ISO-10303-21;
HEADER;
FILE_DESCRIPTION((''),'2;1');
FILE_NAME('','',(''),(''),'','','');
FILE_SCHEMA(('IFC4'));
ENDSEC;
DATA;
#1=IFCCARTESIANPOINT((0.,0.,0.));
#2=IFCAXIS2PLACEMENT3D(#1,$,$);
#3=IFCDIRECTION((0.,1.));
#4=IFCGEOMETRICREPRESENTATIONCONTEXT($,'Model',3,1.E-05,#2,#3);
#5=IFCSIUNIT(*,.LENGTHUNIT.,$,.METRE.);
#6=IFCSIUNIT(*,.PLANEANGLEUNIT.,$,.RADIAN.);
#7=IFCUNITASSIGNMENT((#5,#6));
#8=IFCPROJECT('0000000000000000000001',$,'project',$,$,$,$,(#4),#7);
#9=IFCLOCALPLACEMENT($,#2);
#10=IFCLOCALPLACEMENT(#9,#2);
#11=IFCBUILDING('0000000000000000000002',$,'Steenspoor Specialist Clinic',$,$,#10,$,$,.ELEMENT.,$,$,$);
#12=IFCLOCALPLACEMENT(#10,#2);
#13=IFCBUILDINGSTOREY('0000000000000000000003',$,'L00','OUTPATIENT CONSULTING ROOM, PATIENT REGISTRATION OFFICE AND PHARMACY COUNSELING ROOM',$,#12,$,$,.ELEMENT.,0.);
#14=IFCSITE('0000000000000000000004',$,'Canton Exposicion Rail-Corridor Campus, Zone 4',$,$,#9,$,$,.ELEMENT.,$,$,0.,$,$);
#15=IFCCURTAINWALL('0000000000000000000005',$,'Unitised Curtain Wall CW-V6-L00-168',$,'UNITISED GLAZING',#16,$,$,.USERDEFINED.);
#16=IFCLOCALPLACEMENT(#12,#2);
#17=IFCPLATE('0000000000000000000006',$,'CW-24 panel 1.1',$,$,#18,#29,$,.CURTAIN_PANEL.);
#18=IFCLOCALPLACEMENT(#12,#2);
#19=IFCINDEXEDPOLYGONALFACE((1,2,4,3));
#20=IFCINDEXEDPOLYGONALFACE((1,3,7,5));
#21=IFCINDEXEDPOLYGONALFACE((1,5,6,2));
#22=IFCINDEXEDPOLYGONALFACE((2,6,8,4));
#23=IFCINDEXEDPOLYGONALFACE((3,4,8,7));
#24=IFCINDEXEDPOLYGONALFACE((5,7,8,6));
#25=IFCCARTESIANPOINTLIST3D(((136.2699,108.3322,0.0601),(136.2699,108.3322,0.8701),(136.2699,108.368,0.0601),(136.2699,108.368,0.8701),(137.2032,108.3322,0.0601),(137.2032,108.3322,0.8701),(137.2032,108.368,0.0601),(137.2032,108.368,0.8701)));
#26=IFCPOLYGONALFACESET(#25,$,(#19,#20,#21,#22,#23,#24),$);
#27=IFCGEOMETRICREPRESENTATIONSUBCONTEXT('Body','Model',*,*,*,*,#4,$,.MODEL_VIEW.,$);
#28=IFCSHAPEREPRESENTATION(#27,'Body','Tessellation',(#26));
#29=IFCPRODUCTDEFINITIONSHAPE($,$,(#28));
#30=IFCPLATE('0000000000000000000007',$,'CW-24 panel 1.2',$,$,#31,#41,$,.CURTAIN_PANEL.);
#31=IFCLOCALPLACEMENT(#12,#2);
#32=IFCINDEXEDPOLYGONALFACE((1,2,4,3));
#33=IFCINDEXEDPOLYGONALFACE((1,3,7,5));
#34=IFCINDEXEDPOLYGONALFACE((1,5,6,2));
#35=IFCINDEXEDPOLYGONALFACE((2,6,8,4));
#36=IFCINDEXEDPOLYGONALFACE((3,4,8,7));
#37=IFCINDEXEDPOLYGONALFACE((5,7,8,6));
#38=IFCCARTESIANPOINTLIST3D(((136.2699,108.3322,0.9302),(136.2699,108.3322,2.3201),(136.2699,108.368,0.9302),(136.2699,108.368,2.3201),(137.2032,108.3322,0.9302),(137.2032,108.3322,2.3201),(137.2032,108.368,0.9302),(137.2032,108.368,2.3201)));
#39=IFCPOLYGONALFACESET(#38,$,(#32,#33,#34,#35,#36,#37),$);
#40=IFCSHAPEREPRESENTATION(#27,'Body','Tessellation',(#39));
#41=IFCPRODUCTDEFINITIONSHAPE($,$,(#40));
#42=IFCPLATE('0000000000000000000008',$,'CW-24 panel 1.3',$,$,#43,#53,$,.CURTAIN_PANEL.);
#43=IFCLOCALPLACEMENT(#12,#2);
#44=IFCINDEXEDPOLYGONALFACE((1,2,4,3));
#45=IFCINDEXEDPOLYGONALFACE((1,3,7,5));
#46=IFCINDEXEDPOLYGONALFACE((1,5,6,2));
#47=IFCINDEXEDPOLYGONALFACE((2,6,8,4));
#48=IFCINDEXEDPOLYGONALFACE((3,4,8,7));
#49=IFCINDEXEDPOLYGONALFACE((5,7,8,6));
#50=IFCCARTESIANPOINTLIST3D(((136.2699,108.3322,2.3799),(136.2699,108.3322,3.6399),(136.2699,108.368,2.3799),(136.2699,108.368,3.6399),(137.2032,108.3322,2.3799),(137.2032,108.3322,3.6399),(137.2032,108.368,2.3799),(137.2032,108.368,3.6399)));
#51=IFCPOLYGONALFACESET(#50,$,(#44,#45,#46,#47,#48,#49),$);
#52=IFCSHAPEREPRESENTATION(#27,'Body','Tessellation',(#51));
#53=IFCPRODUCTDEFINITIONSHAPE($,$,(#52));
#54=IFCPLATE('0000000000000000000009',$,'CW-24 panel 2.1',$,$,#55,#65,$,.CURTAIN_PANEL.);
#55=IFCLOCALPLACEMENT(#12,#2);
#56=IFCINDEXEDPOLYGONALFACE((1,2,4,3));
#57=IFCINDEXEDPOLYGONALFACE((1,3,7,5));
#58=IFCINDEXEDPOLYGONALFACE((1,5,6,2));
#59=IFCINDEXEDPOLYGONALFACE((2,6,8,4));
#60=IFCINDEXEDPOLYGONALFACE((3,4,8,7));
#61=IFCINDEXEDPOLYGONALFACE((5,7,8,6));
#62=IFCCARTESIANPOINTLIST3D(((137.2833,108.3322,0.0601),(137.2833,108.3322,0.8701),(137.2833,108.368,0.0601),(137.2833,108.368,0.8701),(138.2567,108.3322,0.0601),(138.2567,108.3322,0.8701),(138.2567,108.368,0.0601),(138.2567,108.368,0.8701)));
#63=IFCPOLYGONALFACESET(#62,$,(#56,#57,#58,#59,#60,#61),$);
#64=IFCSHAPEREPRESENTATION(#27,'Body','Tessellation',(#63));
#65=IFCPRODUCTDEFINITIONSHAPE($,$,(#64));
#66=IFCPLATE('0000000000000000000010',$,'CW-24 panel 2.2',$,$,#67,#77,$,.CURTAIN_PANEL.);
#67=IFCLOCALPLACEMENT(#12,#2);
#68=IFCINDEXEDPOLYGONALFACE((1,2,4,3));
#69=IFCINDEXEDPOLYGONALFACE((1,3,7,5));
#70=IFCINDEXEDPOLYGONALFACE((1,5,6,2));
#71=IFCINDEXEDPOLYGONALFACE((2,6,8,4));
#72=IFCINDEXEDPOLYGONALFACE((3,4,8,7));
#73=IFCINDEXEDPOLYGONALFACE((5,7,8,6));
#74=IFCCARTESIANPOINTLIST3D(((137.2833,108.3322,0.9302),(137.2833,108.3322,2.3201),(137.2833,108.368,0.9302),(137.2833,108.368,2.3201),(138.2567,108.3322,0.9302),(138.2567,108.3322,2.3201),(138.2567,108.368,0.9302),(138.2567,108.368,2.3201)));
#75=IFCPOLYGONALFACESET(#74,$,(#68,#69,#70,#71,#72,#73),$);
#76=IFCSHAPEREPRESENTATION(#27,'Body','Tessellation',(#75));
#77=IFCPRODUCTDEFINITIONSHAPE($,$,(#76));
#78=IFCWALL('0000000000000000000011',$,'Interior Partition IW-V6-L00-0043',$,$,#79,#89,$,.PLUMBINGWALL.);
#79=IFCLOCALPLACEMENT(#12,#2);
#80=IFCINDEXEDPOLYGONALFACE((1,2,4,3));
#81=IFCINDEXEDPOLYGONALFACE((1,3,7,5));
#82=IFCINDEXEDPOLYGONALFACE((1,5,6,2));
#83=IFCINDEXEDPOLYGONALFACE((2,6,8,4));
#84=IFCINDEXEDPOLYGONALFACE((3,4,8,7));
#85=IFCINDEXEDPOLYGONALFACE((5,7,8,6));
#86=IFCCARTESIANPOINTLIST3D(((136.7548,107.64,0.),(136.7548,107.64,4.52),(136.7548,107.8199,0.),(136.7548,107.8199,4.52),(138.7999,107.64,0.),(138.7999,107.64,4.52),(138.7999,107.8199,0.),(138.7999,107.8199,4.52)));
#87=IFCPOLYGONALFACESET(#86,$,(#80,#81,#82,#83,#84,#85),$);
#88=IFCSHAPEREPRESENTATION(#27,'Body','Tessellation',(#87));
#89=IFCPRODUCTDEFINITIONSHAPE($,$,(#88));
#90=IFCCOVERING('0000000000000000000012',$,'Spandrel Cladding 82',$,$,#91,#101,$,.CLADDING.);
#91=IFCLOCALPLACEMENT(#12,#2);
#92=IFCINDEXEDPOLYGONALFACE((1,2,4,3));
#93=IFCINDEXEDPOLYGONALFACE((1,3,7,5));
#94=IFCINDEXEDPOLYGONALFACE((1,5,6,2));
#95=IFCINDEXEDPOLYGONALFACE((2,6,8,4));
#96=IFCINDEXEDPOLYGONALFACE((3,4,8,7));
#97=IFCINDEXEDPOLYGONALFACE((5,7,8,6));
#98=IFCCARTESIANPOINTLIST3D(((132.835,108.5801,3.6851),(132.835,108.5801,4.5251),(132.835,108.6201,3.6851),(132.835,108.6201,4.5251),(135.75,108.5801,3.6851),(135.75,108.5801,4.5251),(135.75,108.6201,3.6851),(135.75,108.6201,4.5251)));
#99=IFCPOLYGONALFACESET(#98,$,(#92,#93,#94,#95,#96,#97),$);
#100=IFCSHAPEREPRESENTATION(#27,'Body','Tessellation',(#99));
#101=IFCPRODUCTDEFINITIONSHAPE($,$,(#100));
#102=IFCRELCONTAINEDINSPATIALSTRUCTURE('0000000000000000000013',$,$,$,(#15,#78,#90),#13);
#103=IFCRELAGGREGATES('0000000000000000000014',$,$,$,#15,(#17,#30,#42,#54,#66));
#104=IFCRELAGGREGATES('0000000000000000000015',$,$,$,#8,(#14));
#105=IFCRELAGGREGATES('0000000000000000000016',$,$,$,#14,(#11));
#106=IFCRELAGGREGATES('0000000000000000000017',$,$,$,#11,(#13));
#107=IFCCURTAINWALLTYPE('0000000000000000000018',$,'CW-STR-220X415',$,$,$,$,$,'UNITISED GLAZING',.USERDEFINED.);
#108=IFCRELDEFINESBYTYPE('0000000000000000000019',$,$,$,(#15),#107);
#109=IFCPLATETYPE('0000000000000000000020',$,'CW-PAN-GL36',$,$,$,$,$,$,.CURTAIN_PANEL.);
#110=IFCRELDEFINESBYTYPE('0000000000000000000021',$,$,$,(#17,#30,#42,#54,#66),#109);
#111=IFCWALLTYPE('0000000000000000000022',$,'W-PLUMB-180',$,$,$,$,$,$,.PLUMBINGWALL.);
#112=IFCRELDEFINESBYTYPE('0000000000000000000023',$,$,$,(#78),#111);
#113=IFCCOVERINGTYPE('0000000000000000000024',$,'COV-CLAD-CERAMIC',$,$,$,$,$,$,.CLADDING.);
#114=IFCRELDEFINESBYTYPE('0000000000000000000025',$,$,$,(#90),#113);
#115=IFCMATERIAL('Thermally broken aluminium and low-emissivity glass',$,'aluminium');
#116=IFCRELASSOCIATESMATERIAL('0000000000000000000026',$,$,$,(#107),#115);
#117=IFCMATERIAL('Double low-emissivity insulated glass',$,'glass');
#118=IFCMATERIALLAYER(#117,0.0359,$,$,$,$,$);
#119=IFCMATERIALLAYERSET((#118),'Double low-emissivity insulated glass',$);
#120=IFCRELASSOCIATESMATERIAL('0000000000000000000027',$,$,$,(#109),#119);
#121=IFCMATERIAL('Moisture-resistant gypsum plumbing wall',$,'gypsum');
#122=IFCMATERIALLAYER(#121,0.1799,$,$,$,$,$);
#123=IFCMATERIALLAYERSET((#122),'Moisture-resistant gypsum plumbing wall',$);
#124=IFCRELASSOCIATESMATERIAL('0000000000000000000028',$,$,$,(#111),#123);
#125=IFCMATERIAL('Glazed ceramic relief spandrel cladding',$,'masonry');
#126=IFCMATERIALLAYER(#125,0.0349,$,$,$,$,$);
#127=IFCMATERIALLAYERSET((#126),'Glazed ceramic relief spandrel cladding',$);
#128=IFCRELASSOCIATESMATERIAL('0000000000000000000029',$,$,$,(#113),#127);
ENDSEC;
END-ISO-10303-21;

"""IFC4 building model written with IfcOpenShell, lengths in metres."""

from ifc_helpers import new_model, si_unit, direction, frame, frame_2d, origin, origin_2d, place, context, subcontext, project, spatial, rectangle, extrude, material, layer, layer_set, type_object, element, aggregate, save


model = new_model("IFC4")

# Units and contexts
model_context = context("Model", 3, precision=1e-05, world=origin(), true_north=direction((0.0, 1.0)))
body_context = subcontext(model_context, "Body", "Model", "MODEL_VIEW")
ifc_project = project(units=[si_unit("LENGTHUNIT", "METRE"), si_unit("PLANEANGLEUNIT", "RADIAN")], contexts=[model_context])

# Site, building, storey
site_placement = place(None, origin())
site = spatial("IfcSite", under=ifc_project, at=site_placement, Name="Canton Exposicion Rail-Corridor Campus, Zone 4", CompositionType="ELEMENT", RefElevation=0.0)
building_placement = place(site_placement, origin())
building = spatial("IfcBuilding", under=site, at=building_placement, Name="Steenspoor Specialist Clinic", CompositionType="ELEMENT")
storey_placement = place(building_placement, origin())
storey = spatial("IfcBuildingStorey", under=building, at=storey_placement, Name="L00", Description="OUTPATIENT CONSULTING ROOM, PATIENT REGISTRATION OFFICE AND PHARMACY COUNSELING ROOM", CompositionType="ELEMENT", Elevation=0.0)

# Curtain wall, plates
ifc_material_1 = material(Name="Thermally broken aluminium and low-emissivity glass", Category="aluminium")
curtain_wall_type = type_object("IfcCurtainWallType", Name="CW-STR-220X415", ElementType="UNITISED GLAZING", PredefinedType="USERDEFINED", material=ifc_material_1)
curtain_wall_placement = place(storey_placement, origin())
curtain_wall = element("IfcCurtainWall", 1, at=curtain_wall_placement, inside=storey, type_object=curtain_wall_type, Name="Unitised Curtain Wall CW-V6-L00-168", ObjectType="UNITISED GLAZING", PredefinedType="USERDEFINED")
ifc_material_2 = material(Name="Double low-emissivity insulated glass", Category="glass")
ifc_layer_1 = layer(ifc_material_2, 0.0359)
ifc_layer_set_1 = layer_set([ifc_layer_1], Name="Double low-emissivity insulated glass")
plate_type = type_object("IfcPlateType", Name="CW-PAN-GL36", PredefinedType="CURTAIN_PANEL", material=ifc_layer_set_1)
plate_1_placement = place(storey_placement, frame((136.7366, 108.3501, 0.0601), z_axis=(0.0, 0.0, 1.0), x_axis=(1.0, 0.0, 0.0)))
plate_1 = element("IfcPlate", 2, at=plate_1_placement, type_object=plate_type, Name="CW-24 panel 1.1", PredefinedType="CURTAIN_PANEL", context=body_context, shape_type="SweptSolid", body=[
    extrude(rectangle(XDim=0.9333, YDim=0.0359, at=origin_2d()), origin(), (0.0, 0.0, 1.0), 0.8101),
])
plate_2_placement = place(storey_placement, frame((136.7366, 108.3501, 0.9302), z_axis=(0.0, 0.0, 1.0), x_axis=(1.0, 0.0, 0.0)))
plate_2 = element("IfcPlate", 3, at=plate_2_placement, type_object=plate_type, Name="CW-24 panel 1.2", PredefinedType="CURTAIN_PANEL", context=body_context, shape_type="SweptSolid", body=[
    extrude(rectangle(XDim=0.9333, YDim=0.0359, at=origin_2d()), origin(), (0.0, 0.0, 1.0), 1.3899),
])
plate_3_placement = place(storey_placement, frame((136.7366, 108.3501, 2.3799), z_axis=(0.0, 0.0, 1.0), x_axis=(1.0, 0.0, 0.0)))
plate_3 = element("IfcPlate", 4, at=plate_3_placement, type_object=plate_type, Name="CW-24 panel 1.3", PredefinedType="CURTAIN_PANEL", context=body_context, shape_type="SweptSolid", body=[
    extrude(rectangle(XDim=0.9333, YDim=0.0359, at=origin_2d()), origin(), (0.0, 0.0, 1.0), 1.26),
])
plate_4_placement = place(storey_placement, frame((137.77, 108.3501, 0.0601), z_axis=(0.0, 0.0, 1.0), x_axis=(1.0, 0.0, 0.0)))
plate_4 = element("IfcPlate", 5, at=plate_4_placement, type_object=plate_type, Name="CW-24 panel 2.1", PredefinedType="CURTAIN_PANEL", context=body_context, shape_type="SweptSolid", body=[
    extrude(rectangle(XDim=0.9734, YDim=0.0359, at=origin_2d()), origin(), (0.0, 0.0, 1.0), 0.8101),
])
plate_5_placement = place(storey_placement, frame((137.77, 108.3501, 0.9302), z_axis=(0.0, 0.0, 1.0), x_axis=(1.0, 0.0, 0.0)))
plate_5 = element("IfcPlate", 6, at=plate_5_placement, type_object=plate_type, Name="CW-24 panel 2.2", PredefinedType="CURTAIN_PANEL", context=body_context, shape_type="SweptSolid", body=[
    extrude(rectangle(XDim=0.9734, YDim=0.0359, at=origin_2d()), origin(), (0.0, 0.0, 1.0), 1.3899),
])
aggregate(curtain_wall, [plate_1, plate_2, plate_3, plate_4, plate_5])

# Wall
ifc_material_3 = material(Name="Moisture-resistant gypsum plumbing wall", Category="gypsum")
ifc_layer_2 = layer(ifc_material_3, 0.1799)
ifc_layer_set_2 = layer_set([ifc_layer_2], Name="Moisture-resistant gypsum plumbing wall")
wall_type = type_object("IfcWallType", Name="W-PLUMB-180", PredefinedType="PLUMBINGWALL", material=ifc_layer_set_2)
wall_placement = place(storey_placement, frame((136.7549, 107.73, 0.0), z_axis=(0.0, 0.0, 1.0), x_axis=(1.0, 0.0, 0.0)))
element("IfcWall", 7, at=wall_placement, inside=storey, type_object=wall_type, Name="Interior Partition IW-V6-L00-0043", PredefinedType="PLUMBINGWALL", context=body_context, shape_type="SweptSolid", body=[
    extrude(rectangle(XDim=2.0452, YDim=0.1799, at=frame_2d((1.0225, 0.0))), origin(), (0.0, 0.0, 1.0), 4.52),
])

# Covering
ifc_material_4 = material(Name="Glazed ceramic relief spandrel cladding", Category="masonry")
ifc_layer_3 = layer(ifc_material_4, 0.0349)
ifc_layer_set_3 = layer_set([ifc_layer_3], Name="Glazed ceramic relief spandrel cladding")
covering_type = type_object("IfcCoveringType", Name="COV-CLAD-CERAMIC", PredefinedType="CLADDING", material=ifc_layer_set_3)
covering_placement = place(storey_placement, frame((134.2925, 108.6001, 3.6851), z_axis=(0.0, 0.0, 1.0), x_axis=(1.0, 0.0, 0.0)))
element("IfcCovering", 8, at=covering_placement, inside=storey, type_object=covering_type, Name="Spandrel Cladding 82", PredefinedType="CLADDING", context=body_context, shape_type="SweptSolid", body=[
    extrude(rectangle(XDim=2.915, YDim=0.04, at=origin_2d()), origin(), (0.0, 0.0, 1.0), 0.8401),
])

save(model, "model.ifc")
